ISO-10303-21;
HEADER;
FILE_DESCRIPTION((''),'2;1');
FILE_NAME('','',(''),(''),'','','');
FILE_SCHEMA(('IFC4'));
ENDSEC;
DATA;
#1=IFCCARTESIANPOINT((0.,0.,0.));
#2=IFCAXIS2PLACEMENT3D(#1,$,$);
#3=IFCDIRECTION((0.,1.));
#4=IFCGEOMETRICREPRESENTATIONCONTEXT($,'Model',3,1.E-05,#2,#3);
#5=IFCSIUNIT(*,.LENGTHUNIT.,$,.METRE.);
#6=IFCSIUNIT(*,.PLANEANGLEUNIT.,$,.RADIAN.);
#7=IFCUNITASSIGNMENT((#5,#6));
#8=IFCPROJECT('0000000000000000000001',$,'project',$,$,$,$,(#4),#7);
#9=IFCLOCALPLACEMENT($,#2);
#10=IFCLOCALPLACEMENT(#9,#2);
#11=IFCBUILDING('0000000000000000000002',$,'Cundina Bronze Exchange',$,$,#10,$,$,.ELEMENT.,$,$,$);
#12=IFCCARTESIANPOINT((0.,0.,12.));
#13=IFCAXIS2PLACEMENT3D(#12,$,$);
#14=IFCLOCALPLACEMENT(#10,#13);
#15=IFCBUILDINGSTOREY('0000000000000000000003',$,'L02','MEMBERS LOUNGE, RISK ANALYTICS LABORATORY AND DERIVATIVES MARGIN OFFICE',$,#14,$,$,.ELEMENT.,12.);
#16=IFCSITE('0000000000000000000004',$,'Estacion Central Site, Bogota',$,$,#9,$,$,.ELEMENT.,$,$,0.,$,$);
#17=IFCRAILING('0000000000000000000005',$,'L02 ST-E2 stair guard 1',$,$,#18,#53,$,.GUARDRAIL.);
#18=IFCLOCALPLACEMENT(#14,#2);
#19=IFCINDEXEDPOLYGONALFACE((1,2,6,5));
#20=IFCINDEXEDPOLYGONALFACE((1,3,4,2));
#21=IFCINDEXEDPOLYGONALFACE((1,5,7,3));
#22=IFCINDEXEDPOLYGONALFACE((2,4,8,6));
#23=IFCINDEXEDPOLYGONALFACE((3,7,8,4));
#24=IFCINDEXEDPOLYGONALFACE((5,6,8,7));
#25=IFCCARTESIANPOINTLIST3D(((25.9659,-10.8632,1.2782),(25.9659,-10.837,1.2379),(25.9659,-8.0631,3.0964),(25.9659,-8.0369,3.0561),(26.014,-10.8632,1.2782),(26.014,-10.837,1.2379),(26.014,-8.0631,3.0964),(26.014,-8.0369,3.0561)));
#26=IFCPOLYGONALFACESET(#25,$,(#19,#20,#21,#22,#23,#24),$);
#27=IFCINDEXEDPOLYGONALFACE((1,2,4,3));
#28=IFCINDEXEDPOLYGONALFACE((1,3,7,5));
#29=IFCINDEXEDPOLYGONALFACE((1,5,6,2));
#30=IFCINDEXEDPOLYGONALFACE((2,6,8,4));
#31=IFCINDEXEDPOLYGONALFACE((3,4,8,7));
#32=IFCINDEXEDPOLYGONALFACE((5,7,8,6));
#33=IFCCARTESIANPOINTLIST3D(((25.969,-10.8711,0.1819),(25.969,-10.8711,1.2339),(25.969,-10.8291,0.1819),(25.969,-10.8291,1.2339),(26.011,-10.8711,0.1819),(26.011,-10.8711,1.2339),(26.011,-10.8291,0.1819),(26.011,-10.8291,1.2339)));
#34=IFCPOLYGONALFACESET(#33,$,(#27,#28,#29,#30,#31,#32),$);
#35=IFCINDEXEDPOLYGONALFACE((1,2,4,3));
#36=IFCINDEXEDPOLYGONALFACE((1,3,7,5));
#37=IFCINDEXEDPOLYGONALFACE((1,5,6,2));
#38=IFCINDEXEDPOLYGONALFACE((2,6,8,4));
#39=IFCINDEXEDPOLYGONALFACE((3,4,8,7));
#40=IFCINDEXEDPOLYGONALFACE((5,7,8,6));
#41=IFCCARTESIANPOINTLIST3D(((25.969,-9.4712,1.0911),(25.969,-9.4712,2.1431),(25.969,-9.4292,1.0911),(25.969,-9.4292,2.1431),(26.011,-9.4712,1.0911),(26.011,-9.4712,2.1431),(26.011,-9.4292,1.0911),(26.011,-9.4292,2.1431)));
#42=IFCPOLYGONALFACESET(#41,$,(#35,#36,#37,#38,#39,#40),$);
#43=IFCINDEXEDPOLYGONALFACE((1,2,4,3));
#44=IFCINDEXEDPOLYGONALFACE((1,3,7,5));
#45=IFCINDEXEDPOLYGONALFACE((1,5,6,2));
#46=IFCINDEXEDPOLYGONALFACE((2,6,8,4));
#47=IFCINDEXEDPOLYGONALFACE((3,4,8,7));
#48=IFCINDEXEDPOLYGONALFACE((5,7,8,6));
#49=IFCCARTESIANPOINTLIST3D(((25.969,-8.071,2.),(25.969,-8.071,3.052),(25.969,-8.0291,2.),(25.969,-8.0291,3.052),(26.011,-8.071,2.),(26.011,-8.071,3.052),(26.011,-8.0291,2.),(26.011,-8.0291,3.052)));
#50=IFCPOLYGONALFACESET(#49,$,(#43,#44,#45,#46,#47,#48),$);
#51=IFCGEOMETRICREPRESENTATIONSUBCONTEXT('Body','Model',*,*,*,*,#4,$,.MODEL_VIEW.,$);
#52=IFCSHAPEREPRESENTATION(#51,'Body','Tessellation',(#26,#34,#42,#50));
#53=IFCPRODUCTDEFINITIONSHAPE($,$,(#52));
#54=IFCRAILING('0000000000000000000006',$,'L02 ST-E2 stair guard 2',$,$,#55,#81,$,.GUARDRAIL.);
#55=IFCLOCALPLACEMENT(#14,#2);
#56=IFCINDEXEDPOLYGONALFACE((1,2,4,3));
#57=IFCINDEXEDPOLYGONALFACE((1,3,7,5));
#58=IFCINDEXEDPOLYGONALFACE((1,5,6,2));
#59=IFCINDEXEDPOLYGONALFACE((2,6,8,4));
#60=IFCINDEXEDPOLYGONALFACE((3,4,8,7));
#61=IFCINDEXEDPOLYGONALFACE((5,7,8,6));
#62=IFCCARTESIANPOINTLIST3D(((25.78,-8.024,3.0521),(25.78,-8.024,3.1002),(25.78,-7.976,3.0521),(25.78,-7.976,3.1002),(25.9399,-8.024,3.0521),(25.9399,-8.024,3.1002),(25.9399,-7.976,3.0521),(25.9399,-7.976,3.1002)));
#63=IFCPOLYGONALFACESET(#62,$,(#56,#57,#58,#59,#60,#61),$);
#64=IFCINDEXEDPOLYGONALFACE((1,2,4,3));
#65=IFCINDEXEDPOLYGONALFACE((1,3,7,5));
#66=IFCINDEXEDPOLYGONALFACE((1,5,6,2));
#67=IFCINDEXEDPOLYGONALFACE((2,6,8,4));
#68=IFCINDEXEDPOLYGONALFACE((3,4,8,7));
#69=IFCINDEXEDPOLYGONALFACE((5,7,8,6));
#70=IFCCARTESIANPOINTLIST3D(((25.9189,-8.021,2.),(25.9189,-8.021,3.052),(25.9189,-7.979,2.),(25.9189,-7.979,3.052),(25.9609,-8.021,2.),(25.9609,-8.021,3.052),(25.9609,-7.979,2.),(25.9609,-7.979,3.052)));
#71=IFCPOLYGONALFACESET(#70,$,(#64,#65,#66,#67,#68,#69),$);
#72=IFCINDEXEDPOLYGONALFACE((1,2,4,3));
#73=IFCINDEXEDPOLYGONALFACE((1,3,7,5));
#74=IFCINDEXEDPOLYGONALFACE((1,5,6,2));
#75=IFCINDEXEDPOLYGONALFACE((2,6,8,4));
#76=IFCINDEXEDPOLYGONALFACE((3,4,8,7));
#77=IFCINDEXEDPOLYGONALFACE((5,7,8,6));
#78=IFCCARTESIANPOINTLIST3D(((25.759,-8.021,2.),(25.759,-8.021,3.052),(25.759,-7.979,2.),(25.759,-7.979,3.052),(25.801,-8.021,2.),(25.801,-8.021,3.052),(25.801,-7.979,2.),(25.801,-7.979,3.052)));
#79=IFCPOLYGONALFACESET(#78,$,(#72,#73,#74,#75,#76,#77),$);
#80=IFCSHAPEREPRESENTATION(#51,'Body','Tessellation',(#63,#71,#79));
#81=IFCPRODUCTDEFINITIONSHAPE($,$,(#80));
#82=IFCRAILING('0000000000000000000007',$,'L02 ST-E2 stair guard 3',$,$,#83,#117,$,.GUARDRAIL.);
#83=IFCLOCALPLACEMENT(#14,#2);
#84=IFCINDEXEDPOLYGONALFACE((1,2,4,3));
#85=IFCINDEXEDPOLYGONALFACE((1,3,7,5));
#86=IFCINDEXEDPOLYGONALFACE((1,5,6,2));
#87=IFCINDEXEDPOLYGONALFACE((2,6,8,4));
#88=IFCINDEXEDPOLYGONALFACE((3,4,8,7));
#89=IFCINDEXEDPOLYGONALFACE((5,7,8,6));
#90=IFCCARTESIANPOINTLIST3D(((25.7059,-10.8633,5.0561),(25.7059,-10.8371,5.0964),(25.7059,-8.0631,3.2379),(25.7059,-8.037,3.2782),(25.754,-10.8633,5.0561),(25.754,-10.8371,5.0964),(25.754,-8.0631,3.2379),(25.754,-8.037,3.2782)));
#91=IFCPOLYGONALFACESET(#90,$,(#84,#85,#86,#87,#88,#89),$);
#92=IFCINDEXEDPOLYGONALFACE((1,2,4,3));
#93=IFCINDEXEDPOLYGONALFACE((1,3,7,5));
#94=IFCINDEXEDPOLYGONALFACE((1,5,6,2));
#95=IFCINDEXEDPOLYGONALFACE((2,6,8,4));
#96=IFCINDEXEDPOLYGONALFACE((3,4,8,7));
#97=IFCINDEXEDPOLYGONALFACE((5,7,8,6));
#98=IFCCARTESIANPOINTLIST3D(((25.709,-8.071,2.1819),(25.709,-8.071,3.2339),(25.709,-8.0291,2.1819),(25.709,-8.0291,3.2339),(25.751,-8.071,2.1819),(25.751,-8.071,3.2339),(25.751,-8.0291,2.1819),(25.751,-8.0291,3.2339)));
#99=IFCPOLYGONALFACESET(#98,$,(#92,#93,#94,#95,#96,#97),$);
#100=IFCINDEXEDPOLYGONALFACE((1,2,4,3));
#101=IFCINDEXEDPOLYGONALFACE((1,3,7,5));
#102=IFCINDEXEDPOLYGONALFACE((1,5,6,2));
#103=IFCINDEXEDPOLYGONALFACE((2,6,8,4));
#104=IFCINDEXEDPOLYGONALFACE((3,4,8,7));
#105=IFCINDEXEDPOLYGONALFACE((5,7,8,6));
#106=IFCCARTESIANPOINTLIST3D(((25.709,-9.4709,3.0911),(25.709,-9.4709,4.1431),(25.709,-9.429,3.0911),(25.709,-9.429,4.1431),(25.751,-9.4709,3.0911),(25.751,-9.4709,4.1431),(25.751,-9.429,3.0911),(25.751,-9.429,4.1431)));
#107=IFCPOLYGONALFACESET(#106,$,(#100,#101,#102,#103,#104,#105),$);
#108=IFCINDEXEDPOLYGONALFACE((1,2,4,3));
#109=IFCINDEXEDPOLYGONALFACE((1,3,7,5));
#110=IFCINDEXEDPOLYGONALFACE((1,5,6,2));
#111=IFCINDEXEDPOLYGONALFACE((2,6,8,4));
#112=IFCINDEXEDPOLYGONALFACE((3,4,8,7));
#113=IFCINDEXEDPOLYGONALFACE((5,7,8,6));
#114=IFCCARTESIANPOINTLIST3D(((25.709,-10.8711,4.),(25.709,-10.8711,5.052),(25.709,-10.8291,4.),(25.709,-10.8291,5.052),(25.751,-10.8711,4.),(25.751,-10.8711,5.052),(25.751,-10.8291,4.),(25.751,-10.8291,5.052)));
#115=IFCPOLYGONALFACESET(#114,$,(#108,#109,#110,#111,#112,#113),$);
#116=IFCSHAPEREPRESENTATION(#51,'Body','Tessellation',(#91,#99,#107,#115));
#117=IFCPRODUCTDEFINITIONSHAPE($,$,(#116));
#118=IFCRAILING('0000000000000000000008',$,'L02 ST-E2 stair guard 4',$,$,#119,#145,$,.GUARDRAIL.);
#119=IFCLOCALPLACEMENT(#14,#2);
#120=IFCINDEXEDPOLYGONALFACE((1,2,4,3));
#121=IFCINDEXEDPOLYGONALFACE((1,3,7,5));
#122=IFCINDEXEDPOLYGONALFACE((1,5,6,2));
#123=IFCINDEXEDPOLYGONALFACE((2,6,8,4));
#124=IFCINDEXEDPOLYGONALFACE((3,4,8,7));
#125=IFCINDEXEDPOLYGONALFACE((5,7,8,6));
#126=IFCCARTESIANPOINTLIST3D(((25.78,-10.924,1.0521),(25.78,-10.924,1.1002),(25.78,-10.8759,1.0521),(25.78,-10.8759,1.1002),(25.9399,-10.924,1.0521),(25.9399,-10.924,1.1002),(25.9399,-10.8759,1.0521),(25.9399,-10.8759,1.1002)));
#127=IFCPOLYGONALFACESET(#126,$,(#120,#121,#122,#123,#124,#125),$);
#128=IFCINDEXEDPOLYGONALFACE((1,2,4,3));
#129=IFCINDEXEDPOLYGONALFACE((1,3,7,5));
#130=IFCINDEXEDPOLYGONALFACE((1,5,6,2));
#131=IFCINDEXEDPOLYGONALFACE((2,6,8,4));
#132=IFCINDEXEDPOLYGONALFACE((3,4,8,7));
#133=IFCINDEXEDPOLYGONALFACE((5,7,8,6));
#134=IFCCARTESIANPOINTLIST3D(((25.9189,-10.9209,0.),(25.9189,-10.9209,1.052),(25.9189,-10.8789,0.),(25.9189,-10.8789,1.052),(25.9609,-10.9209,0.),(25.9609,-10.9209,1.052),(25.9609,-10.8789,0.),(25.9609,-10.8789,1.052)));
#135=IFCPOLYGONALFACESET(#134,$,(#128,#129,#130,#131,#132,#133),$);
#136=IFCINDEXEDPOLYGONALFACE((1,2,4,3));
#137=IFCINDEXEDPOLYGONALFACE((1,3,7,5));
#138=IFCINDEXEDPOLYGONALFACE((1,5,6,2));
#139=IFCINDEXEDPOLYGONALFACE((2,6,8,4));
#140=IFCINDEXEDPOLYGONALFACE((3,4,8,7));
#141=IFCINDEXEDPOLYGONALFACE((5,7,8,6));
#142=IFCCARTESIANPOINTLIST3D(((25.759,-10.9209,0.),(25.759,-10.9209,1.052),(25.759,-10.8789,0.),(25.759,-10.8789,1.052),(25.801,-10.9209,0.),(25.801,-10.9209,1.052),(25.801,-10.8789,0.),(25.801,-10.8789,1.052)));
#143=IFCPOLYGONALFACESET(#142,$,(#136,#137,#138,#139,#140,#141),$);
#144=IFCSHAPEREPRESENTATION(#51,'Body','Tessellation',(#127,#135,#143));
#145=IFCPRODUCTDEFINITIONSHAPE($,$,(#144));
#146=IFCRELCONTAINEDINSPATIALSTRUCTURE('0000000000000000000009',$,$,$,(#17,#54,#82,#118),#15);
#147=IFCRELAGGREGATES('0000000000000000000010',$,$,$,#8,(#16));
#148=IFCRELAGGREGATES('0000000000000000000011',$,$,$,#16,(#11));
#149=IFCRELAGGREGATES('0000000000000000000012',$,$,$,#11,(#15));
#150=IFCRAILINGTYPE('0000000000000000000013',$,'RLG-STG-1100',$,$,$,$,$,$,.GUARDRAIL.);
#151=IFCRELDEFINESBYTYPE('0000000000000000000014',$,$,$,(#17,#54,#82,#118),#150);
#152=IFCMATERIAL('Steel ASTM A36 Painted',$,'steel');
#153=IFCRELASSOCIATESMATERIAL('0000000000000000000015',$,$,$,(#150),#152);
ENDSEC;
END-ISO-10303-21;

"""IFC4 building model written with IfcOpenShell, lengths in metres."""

from ifc_helpers import new_model, si_unit, direction, frame, origin, origin_2d, place, context, subcontext, project, spatial, rectangle, extrude, material, type_object, element, save


model = new_model("IFC4")

# Units and contexts
model_context = context("Model", 3, precision=1e-05, world=origin(), true_north=direction((0.0, 1.0)))
body_context = subcontext(model_context, "Body", "Model", "MODEL_VIEW")
ifc_project = project(units=[si_unit("LENGTHUNIT", "METRE"), si_unit("PLANEANGLEUNIT", "RADIAN")], contexts=[model_context])

# Site, building, storey
site_placement = place(None, origin())
site = spatial("IfcSite", under=ifc_project, at=site_placement, Name="Estacion Central Site, Bogota", CompositionType="ELEMENT", RefElevation=0.0)
building_placement = place(site_placement, origin())
building = spatial("IfcBuilding", under=site, at=building_placement, Name="Cundina Bronze Exchange", CompositionType="ELEMENT")
storey_placement = place(building_placement, frame((0.0, 0.0, 12.0)))
storey = spatial("IfcBuildingStorey", under=building, at=storey_placement, Name="L02", Description="MEMBERS LOUNGE, RISK ANALYTICS LABORATORY AND DERIVATIVES MARGIN OFFICE", CompositionType="ELEMENT", Elevation=12.0)

# Shared definitions
ifc_material_1 = material(Name="Steel ASTM A36 Painted", Category="steel")

# Railings
railing_type_1 = type_object("IfcRailingType", Name="RLG-STG-1100", PredefinedType="GUARDRAIL", material=ifc_material_1)
railing_1_placement = place(storey_placement, frame((25.99, -10.8501, 0.1819)))
element("IfcRailing", 1, at=railing_1_placement, inside=storey, type_object=railing_type_1, Name="L02 ST-E2 stair guard 1", PredefinedType="GUARDRAIL", context=body_context, shape_type="SweptSolid", body=[
    extrude(rectangle(XDim=0.0481, YDim=0.0481, at=origin_2d()), frame((0.0, 0.0, 1.0762), z_axis=(0.0, 0.838706, 0.544585), x_axis=(-1.0, 0.0, 0.0)), (0.0, 0.0, 1.0), 3.3386),
    extrude(rectangle(XDim=0.042, YDim=0.042, at=origin_2d()), origin(), (0.0, 0.0, 1.0), 1.052),
    extrude(rectangle(XDim=0.042, YDim=0.042, at=origin_2d()), frame((0.0, 1.3999, 0.9092)), (0.0, 0.0, 1.0), 1.052),
    extrude(rectangle(XDim=0.042, YDim=0.042, at=origin_2d()), frame((0.0, 2.8, 1.8181)), (0.0, 0.0, 1.0), 1.052),
])
railing_2_placement = place(storey_placement, frame((25.9399, -8.0, 2.0)))
element("IfcRailing", 2, at=railing_2_placement, inside=storey, type_object=railing_type_1, Name="L02 ST-E2 stair guard 2", PredefinedType="GUARDRAIL", context=body_context, shape_type="SweptSolid", body=[
    extrude(rectangle(XDim=0.0481, YDim=0.0481, at=origin_2d()), frame((0.0, 0.0, 1.0762), z_axis=(-1.0, 0.0, 0.0), x_axis=(0.0, -1.0, 0.0)), (0.0, 0.0, 1.0), 0.1599),
    extrude(rectangle(XDim=0.042, YDim=0.042, at=origin_2d()), origin(), (0.0, 0.0, 1.0), 1.052),
    extrude(rectangle(XDim=0.042, YDim=0.042, at=origin_2d()), frame((-0.1599, 0.0, 0.0)), (0.0, 0.0, 1.0), 1.052),
])
railing_3_placement = place(storey_placement, frame((25.73, -8.05, 2.1819)))
element("IfcRailing", 3, at=railing_3_placement, inside=storey, type_object=railing_type_1, Name="L02 ST-E2 stair guard 3", PredefinedType="GUARDRAIL", context=body_context, shape_type="SweptSolid", body=[
    extrude(rectangle(XDim=0.0481, YDim=0.0481, at=origin_2d()), frame((0.0, 0.0, 1.0762), z_axis=(0.0, -0.838706, 0.544585), x_axis=(1.0, 0.0, 0.0)), (0.0, 0.0, 1.0), 3.3386),
    extrude(rectangle(XDim=0.042, YDim=0.042, at=origin_2d()), origin(), (0.0, 0.0, 1.0), 1.052),
    extrude(rectangle(XDim=0.042, YDim=0.042, at=origin_2d()), frame((0.0, -1.3999, 0.9092)), (0.0, 0.0, 1.0), 1.052),
    extrude(rectangle(XDim=0.042, YDim=0.042, at=origin_2d()), frame((0.0, -2.8, 1.8181)), (0.0, 0.0, 1.0), 1.052),
])
railing_4_placement = place(storey_placement, frame((25.9399, -10.8999, 0.0)))
element("IfcRailing", 4, at=railing_4_placement, inside=storey, type_object=railing_type_1, Name="L02 ST-E2 stair guard 4", PredefinedType="GUARDRAIL", context=body_context, shape_type="SweptSolid", body=[
    extrude(rectangle(XDim=0.0481, YDim=0.0481, at=origin_2d()), frame((0.0, 0.0, 1.0762), z_axis=(-1.0, 0.0, 0.0), x_axis=(0.0, -1.0, 0.0)), (0.0, 0.0, 1.0), 0.1599),
    extrude(rectangle(XDim=0.042, YDim=0.042, at=origin_2d()), origin(), (0.0, 0.0, 1.0), 1.052),
    extrude(rectangle(XDim=0.042, YDim=0.042, at=origin_2d()), frame((-0.1599, 0.0, 0.0)), (0.0, 0.0, 1.0), 1.052),
])

save(model, "model.ifc")
